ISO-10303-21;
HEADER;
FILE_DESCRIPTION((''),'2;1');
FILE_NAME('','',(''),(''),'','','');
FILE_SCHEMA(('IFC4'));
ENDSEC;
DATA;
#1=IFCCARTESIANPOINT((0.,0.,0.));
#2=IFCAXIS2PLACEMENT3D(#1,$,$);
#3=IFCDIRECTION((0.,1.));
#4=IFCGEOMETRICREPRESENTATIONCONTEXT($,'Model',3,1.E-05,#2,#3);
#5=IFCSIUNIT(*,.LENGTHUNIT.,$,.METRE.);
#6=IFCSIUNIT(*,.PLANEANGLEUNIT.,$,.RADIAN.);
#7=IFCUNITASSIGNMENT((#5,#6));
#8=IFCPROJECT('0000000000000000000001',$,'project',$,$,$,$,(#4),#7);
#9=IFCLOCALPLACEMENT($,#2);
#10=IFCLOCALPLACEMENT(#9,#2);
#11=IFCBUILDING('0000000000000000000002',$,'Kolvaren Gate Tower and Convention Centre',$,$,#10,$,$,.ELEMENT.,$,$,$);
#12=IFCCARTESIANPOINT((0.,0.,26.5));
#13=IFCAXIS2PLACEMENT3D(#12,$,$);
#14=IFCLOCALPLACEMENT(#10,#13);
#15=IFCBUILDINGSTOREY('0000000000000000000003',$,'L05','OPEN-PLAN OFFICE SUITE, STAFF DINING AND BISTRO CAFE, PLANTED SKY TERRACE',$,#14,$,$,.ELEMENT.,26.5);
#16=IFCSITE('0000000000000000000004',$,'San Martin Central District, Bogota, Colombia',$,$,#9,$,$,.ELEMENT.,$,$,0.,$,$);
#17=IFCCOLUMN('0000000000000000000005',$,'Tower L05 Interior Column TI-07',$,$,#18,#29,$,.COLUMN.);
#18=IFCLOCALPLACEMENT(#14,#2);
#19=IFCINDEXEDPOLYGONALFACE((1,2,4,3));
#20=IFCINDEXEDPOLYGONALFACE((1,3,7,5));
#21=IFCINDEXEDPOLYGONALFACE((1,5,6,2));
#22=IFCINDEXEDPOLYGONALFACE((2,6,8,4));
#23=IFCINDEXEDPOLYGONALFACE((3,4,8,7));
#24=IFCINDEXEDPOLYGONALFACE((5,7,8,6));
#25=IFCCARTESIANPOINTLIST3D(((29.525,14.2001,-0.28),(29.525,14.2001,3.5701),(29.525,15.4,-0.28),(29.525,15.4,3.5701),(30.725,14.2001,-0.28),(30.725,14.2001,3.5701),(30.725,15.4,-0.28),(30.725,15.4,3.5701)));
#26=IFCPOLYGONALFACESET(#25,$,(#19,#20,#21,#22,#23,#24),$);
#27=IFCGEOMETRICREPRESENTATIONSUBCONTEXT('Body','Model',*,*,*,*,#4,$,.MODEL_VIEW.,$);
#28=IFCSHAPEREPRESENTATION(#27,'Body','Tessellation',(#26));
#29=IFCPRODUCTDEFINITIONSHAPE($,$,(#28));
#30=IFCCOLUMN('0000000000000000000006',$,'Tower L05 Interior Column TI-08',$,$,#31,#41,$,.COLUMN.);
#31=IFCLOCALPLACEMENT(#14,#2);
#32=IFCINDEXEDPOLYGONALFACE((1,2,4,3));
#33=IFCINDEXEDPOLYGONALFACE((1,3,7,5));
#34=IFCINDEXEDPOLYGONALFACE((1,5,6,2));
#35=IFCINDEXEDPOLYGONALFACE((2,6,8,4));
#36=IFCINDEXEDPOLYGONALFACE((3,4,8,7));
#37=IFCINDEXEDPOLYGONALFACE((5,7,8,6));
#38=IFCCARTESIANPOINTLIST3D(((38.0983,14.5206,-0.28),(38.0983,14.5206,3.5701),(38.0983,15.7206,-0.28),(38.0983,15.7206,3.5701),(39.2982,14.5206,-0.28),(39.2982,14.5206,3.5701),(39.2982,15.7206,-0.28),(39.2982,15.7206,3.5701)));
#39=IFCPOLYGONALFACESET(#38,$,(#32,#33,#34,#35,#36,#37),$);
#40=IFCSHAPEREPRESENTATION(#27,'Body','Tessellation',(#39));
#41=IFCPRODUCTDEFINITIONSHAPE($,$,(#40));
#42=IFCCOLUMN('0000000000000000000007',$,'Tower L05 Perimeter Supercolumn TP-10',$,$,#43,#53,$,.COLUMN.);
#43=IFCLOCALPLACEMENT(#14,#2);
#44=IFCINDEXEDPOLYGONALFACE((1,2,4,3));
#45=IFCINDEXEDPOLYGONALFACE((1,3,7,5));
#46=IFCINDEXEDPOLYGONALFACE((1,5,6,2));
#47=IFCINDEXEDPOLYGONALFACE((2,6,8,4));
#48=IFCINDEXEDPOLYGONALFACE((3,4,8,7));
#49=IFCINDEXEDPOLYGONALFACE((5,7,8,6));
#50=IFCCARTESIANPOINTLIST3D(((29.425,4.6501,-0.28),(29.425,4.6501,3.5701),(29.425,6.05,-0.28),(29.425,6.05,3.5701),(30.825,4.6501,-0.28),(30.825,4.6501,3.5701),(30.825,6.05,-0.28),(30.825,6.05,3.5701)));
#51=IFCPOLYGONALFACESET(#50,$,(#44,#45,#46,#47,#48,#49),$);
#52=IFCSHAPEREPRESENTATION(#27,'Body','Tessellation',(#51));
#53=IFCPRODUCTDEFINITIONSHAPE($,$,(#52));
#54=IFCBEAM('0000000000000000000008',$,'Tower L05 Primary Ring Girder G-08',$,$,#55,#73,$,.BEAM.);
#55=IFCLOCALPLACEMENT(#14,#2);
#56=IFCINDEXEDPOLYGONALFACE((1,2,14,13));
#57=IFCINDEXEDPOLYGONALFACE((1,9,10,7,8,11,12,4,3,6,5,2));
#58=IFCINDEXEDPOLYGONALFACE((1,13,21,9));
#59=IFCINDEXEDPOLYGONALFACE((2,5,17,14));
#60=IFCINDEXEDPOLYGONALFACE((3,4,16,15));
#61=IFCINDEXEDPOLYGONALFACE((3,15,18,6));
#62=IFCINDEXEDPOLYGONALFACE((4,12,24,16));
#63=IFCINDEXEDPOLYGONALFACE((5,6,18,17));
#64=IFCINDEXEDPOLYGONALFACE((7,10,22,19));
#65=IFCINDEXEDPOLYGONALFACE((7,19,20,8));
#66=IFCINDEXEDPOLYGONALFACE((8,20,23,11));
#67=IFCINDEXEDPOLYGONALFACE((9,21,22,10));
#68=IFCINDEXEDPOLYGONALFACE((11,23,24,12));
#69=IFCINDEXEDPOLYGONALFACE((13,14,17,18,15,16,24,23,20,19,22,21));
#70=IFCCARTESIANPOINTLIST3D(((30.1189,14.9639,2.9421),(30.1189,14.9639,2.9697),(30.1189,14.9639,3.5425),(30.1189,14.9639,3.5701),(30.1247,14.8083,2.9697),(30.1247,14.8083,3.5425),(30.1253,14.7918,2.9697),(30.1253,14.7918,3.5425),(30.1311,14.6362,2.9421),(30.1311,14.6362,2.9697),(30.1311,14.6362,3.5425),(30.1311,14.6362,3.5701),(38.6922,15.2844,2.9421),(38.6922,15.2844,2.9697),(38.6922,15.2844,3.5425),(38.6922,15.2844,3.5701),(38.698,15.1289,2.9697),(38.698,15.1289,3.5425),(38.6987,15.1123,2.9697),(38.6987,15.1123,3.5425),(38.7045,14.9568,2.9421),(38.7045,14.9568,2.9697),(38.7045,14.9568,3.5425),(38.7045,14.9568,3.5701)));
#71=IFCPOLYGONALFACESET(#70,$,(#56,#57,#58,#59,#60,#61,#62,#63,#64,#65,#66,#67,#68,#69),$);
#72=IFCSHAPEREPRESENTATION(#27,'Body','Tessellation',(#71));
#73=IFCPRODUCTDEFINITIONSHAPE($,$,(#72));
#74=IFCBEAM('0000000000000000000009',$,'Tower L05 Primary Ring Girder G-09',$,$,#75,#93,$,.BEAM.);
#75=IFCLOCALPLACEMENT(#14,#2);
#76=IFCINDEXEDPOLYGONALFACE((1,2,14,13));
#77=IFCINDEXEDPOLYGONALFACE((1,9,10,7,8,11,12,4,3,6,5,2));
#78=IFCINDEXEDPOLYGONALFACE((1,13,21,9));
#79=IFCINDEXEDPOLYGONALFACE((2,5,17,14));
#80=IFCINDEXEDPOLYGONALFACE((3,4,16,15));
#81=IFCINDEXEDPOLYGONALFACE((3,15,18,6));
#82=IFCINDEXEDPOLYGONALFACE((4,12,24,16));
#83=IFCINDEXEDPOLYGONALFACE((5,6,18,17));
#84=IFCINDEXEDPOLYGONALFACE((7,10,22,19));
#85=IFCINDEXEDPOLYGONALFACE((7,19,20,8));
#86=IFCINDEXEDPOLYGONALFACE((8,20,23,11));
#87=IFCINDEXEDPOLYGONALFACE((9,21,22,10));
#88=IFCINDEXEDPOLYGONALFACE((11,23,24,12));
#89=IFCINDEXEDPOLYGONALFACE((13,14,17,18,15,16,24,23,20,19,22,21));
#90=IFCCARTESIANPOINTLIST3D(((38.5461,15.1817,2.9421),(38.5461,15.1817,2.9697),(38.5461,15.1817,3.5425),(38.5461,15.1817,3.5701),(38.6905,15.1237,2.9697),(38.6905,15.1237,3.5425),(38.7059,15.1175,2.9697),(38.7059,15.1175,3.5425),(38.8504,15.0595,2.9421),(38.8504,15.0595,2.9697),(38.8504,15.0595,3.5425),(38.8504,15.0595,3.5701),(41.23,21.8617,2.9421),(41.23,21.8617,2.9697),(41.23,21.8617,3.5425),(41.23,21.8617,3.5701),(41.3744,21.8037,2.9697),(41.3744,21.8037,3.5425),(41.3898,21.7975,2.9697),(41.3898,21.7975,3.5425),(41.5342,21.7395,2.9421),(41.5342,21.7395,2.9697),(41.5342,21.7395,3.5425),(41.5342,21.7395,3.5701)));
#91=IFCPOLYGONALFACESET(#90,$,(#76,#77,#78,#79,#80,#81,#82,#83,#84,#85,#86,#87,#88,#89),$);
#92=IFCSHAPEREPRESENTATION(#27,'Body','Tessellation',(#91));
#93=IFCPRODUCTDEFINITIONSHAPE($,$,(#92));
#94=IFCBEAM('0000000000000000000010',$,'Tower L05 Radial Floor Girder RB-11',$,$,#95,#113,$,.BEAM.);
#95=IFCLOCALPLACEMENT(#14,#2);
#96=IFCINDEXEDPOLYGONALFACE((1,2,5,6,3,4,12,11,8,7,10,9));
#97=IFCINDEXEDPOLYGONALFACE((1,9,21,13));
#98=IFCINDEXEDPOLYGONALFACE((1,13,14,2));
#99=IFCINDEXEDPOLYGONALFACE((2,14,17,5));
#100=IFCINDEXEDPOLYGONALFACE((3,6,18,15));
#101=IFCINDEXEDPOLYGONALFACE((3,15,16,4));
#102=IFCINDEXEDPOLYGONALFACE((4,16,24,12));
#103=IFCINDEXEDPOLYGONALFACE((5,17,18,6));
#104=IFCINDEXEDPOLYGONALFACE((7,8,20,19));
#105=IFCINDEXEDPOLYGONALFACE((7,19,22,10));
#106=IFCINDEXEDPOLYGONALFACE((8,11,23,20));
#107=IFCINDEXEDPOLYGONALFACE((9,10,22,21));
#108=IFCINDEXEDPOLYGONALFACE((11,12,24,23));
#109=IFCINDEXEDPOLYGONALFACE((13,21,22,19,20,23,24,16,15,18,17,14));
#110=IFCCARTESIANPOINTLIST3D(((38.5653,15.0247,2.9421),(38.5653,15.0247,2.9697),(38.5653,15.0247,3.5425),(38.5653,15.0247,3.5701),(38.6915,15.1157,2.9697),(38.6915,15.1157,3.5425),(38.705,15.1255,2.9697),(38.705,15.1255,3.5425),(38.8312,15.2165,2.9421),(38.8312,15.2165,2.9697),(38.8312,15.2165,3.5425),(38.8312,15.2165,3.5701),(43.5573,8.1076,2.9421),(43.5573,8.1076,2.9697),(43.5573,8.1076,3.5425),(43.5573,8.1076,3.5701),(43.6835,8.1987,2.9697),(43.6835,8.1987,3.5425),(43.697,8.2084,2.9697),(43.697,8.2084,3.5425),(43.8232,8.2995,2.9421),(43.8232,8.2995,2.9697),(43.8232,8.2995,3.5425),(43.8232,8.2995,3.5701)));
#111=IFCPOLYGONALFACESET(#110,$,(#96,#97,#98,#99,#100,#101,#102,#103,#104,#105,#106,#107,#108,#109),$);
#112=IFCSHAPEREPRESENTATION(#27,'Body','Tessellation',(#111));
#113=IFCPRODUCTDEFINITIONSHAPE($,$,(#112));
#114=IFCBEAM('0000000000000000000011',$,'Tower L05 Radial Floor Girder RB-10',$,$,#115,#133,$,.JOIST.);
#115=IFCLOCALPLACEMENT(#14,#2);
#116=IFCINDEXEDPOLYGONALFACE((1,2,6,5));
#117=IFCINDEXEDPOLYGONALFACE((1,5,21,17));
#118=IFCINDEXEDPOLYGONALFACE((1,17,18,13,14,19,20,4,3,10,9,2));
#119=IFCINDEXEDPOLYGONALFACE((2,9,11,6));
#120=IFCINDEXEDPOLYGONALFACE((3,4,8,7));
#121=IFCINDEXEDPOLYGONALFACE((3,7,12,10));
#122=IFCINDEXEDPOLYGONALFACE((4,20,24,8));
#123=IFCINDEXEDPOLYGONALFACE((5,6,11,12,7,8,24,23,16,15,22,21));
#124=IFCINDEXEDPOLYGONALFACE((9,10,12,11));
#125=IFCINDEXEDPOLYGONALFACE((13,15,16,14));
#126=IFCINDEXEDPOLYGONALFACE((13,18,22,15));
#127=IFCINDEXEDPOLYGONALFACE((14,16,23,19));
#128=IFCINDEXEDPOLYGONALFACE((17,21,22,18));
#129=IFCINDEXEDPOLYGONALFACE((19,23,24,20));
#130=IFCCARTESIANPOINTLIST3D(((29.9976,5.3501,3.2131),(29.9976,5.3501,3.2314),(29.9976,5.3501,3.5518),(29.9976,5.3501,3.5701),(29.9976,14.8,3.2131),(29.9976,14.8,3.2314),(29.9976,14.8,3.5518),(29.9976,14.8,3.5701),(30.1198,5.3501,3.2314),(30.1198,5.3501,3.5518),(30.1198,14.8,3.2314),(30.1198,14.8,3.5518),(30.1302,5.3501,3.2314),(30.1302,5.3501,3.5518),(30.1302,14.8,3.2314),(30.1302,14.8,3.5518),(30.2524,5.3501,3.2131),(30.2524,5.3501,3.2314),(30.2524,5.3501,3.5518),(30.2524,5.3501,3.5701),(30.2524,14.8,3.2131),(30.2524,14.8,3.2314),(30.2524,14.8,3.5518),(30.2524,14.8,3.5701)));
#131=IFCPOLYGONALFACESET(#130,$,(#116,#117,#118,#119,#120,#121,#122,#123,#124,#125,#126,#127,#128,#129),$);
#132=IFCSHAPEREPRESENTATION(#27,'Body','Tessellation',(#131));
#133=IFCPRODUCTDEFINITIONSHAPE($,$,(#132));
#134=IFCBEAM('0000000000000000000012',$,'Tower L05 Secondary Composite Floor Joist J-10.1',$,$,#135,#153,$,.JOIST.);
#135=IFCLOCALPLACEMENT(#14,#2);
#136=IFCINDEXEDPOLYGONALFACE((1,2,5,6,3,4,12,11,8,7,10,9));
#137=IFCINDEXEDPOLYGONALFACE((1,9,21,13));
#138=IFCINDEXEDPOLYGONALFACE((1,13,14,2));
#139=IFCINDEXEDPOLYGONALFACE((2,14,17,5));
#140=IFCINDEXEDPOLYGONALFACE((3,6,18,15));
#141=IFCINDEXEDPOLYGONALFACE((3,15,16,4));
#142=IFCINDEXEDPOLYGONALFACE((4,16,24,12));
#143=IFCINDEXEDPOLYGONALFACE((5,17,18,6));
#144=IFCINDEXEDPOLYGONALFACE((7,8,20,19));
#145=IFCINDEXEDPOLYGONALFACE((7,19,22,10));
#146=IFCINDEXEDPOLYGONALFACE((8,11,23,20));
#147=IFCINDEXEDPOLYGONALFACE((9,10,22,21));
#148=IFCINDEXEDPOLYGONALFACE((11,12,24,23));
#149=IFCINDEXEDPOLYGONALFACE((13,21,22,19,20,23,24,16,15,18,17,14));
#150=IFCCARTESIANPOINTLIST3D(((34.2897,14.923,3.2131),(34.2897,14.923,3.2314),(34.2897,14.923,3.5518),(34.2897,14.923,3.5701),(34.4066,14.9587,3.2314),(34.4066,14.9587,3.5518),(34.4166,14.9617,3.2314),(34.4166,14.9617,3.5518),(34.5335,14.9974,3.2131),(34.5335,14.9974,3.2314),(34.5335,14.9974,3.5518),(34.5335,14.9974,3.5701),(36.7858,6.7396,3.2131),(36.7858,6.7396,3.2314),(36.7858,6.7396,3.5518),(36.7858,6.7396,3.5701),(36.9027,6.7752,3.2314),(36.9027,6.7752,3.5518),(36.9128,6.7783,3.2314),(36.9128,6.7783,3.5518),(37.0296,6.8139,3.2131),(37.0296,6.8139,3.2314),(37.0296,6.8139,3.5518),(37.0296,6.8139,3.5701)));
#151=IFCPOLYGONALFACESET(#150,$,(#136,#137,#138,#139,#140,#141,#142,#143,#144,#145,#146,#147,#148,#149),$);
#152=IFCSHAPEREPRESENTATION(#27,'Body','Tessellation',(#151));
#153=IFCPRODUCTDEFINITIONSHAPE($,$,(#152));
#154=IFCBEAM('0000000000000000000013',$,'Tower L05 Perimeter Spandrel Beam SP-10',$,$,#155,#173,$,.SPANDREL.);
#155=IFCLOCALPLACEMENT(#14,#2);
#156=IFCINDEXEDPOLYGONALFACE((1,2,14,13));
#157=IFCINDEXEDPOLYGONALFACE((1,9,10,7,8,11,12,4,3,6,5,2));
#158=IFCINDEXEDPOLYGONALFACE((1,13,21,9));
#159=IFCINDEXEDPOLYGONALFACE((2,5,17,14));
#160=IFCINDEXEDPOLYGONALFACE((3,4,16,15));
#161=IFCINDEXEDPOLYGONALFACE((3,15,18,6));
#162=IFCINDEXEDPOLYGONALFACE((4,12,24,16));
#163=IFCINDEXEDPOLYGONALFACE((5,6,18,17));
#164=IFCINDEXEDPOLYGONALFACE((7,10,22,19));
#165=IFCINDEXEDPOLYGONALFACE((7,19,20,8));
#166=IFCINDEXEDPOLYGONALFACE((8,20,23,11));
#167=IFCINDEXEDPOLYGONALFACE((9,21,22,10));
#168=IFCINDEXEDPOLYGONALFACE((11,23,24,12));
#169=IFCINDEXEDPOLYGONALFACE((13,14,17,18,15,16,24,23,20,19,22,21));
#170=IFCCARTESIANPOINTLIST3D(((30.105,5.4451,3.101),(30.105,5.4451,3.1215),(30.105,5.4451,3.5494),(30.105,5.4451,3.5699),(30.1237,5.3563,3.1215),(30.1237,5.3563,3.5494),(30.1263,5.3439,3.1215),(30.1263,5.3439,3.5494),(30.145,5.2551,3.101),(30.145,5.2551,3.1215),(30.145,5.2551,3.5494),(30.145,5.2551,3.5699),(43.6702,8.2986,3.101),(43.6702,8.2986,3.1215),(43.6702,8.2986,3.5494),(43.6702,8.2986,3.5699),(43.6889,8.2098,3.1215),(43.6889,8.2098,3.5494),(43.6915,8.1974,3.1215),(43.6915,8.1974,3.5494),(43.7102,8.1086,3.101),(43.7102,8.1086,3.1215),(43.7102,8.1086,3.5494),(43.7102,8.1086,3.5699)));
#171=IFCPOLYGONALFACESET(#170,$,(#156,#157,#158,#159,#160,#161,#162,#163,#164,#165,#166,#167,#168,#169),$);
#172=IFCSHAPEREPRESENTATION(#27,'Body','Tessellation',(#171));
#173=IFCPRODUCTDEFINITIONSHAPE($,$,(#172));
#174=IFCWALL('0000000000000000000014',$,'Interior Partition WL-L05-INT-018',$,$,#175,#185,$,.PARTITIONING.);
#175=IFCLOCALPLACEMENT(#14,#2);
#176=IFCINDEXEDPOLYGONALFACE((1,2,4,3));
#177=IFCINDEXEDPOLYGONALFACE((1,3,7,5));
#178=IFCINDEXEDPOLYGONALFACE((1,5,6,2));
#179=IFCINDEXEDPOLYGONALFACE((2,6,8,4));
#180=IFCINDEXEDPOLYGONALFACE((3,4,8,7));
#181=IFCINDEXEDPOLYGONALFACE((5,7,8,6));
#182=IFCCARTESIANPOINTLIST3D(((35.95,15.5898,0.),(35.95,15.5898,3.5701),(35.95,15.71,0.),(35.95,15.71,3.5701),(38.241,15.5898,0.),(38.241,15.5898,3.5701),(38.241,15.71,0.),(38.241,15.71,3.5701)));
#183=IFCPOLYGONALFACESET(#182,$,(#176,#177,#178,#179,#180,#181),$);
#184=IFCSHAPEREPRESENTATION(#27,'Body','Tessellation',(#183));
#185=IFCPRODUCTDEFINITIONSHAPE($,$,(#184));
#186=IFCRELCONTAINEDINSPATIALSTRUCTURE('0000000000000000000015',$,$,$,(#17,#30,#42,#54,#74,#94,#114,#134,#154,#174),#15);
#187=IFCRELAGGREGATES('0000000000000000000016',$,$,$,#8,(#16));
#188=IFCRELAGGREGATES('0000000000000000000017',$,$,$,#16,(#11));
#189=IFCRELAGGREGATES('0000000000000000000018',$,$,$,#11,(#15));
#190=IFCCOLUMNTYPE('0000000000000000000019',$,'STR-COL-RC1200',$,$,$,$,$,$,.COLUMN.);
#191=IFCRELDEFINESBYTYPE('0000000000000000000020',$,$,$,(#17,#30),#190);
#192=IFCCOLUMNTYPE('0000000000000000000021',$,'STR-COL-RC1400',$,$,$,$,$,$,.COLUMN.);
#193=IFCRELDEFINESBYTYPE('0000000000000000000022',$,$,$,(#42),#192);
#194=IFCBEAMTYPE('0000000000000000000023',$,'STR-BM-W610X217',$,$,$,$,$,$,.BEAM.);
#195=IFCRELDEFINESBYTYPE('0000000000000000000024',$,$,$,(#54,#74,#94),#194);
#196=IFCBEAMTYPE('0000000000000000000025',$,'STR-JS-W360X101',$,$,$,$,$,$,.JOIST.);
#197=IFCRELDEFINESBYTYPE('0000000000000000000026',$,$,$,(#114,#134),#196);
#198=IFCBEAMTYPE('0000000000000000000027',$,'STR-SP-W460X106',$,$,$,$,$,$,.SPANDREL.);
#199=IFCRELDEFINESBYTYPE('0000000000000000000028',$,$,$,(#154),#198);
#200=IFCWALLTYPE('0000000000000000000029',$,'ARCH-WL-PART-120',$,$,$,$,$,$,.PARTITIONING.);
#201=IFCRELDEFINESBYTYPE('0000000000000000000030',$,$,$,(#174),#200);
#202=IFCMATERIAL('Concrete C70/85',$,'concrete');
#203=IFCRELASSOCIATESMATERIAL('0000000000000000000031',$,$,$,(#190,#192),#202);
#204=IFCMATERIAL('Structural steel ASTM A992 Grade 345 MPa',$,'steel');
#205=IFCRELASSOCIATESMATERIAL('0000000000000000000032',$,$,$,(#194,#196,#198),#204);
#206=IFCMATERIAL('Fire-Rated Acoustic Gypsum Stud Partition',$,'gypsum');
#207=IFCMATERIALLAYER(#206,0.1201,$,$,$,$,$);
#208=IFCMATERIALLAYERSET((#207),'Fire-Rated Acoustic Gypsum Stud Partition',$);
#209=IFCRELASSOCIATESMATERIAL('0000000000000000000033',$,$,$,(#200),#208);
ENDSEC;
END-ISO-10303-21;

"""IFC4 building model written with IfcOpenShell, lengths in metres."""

from ifc_helpers import new_model, si_unit, direction, frame, frame_2d, origin, origin_2d, place, context, subcontext, project, spatial, rectangle, i_section, extrude, material, layer, layer_set, material_profile, profile_set, type_object, element, save


model = new_model("IFC4")

# Units and contexts
model_context = context("Model", 3, precision=1e-05, world=origin(), true_north=direction((0.0, 1.0)))
body_context = subcontext(model_context, "Body", "Model", "MODEL_VIEW")
ifc_project = project(units=[si_unit("LENGTHUNIT", "METRE"), si_unit("PLANEANGLEUNIT", "RADIAN")], contexts=[model_context])

# Site, building, storey
site_placement = place(None, origin())
site = spatial("IfcSite", under=ifc_project, at=site_placement, Name="San Martin Central District, Bogota, Colombia", CompositionType="ELEMENT", RefElevation=0.0)
building_placement = place(site_placement, origin())
building = spatial("IfcBuilding", under=site, at=building_placement, Name="Kolvaren Gate Tower and Convention Centre", CompositionType="ELEMENT")
storey_placement = place(building_placement, frame((0.0, 0.0, 26.5)))
storey = spatial("IfcBuildingStorey", under=building, at=storey_placement, Name="L05", Description="OPEN-PLAN OFFICE SUITE, STAFF DINING AND BISTRO CAFE, PLANTED SKY TERRACE", CompositionType="ELEMENT", Elevation=26.5)

# Columns
ifc_material_1 = material(Name="Concrete C70/85", Category="concrete")
ifc_material_profile_1 = material_profile(ifc_material_1, rectangle(XDim=1.2, YDim=1.2, at=origin_2d()), Name="RC-COL-1200X1200")
ifc_profile_set_1 = profile_set([ifc_material_profile_1], Name="Concrete C70/85")
column_type_1 = type_object("IfcColumnType", Name="STR-COL-RC1200", PredefinedType="COLUMN", material=ifc_profile_set_1)
for number, where, z_axis, x_axis, name in (
    (1, (30.125, 14.8, -0.28), (0.0, 0.0, 1.0), (1.0, 0.0, 0.0), "Tower L05 Interior Column TI-07"),
    (2, (38.6982, 15.1206, -0.28), (0.0, 0.0, 1.0), (1.0, 0.0, 0.0), "Tower L05 Interior Column TI-08"),
):
    element("IfcColumn", number, at=place(storey_placement, frame(where, z_axis=z_axis, x_axis=x_axis)), inside=storey, type_object=column_type_1, Name=name, PredefinedType="COLUMN", context=body_context, shape_type="SweptSolid", body=[
        extrude(rectangle(XDim=1.2, YDim=1.2, at=origin_2d()), origin(), (0.0, 0.0, 1.0), 3.8501),
    ])
ifc_material_profile_2 = material_profile(ifc_material_1, rectangle(XDim=1.3999, YDim=1.3999, at=origin_2d()), Name="RC-COL-1400X1400")
ifc_profile_set_2 = profile_set([ifc_material_profile_2], Name="Concrete C70/85")
column_type_2 = type_object("IfcColumnType", Name="STR-COL-RC1400", PredefinedType="COLUMN", material=ifc_profile_set_2)
column_placement = place(storey_placement, frame((30.125, 5.3501, -0.28), z_axis=(0.0, 0.0, 1.0), x_axis=(1.0, 0.0, 0.0)))
element("IfcColumn", 3, at=column_placement, inside=storey, type_object=column_type_2, Name="Tower L05 Perimeter Supercolumn TP-10", PredefinedType="COLUMN", context=body_context, shape_type="SweptSolid", body=[
    extrude(rectangle(XDim=1.3999, YDim=1.3999, at=origin_2d()), origin(), (0.0, 0.0, 1.0), 3.8501),
])

# Beams
ifc_material_2 = material(Name="Structural steel ASTM A992 Grade 345 MPa", Category="steel")
ifc_material_profile_3 = material_profile(ifc_material_2, i_section(OverallWidth=0.3279, OverallDepth=0.6279, WebThickness=0.0166, FlangeThickness=0.0276, at=origin_2d()), Name="W610X217")
ifc_profile_set_3 = profile_set([ifc_material_profile_3], Name="Structural steel ASTM A992 Grade 345 MPa")
beam_type_1 = type_object("IfcBeamType", Name="STR-BM-W610X217", PredefinedType="BEAM", material=ifc_profile_set_3)
beam_1_placement = place(storey_placement, frame((30.125, 14.8, 3.2561), z_axis=(0.999302, 0.037364, 0.0), x_axis=(-0.037364, 0.999302, 0.0)))
element("IfcBeam", 4, at=beam_1_placement, inside=storey, type_object=beam_type_1, Name="Tower L05 Primary Ring Girder G-08", PredefinedType="BEAM", context=body_context, shape_type="SweptSolid", body=[
    extrude(i_section(OverallWidth=0.3279, OverallDepth=0.6279, WebThickness=0.0166, FlangeThickness=0.0276, at=origin_2d()), origin(), (0.0, 0.0, 1.0), 8.5793),
])
beam_2_placement = place(storey_placement, frame((38.6982, 15.1206, 3.2561), z_axis=(0.372811, 0.927907, 0.0), x_axis=(-0.927907, 0.372811, 0.0)))
element("IfcBeam", 5, at=beam_2_placement, inside=storey, type_object=beam_type_1, Name="Tower L05 Primary Ring Girder G-09", PredefinedType="BEAM", context=body_context, shape_type="SweptSolid", body=[
    extrude(i_section(OverallWidth=0.3279, OverallDepth=0.6279, WebThickness=0.0166, FlangeThickness=0.0276, at=origin_2d()), origin(), (0.0, 0.0, 1.0), 7.199),
])
beam_3_placement = place(storey_placement, frame((38.6982, 15.1206, 3.2561), z_axis=(0.585208, -0.810883, 0.0), x_axis=(0.810883, 0.585208, 0.0)))
element("IfcBeam", 6, at=beam_3_placement, inside=storey, type_object=beam_type_1, Name="Tower L05 Radial Floor Girder RB-11", PredefinedType="BEAM", context=body_context, shape_type="SweptSolid", body=[
    extrude(i_section(OverallWidth=0.3279, OverallDepth=0.6279, WebThickness=0.0166, FlangeThickness=0.0276, at=origin_2d()), origin(), (0.0, 0.0, 1.0), 8.5303),
])
ifc_material_profile_4 = material_profile(ifc_material_2, i_section(OverallWidth=0.2549, OverallDepth=0.3569, WebThickness=0.0105, FlangeThickness=0.0183, at=origin_2d()), Name="W360X101")
ifc_profile_set_4 = profile_set([ifc_material_profile_4], Name="Structural steel ASTM A992 Grade 345 MPa")
beam_type_2 = type_object("IfcBeamType", Name="STR-JS-W360X101", PredefinedType="JOIST", material=ifc_profile_set_4)
beam_4_placement = place(storey_placement, frame((30.125, 14.8, 3.3916), z_axis=(0.0, -1.0, 0.0), x_axis=(1.0, 0.0, 0.0)))
element("IfcBeam", 7, at=beam_4_placement, inside=storey, type_object=beam_type_2, Name="Tower L05 Radial Floor Girder RB-10", PredefinedType="JOIST", context=body_context, shape_type="SweptSolid", body=[
    extrude(i_section(OverallWidth=0.2549, OverallDepth=0.3569, WebThickness=0.0105, FlangeThickness=0.0183, at=origin_2d()), origin(), (0.0, 0.0, 1.0), 9.45),
])
beam_5_placement = place(storey_placement, frame((34.4116, 14.9602, 3.3916), z_axis=(0.291751, -0.956494, 0.0), x_axis=(0.956494, 0.291751, 0.0)))
element("IfcBeam", 8, at=beam_5_placement, inside=storey, type_object=beam_type_2, Name="Tower L05 Secondary Composite Floor Joist J-10.1", PredefinedType="JOIST", context=body_context, shape_type="SweptSolid", body=[
    extrude(i_section(OverallWidth=0.2549, OverallDepth=0.3569, WebThickness=0.0105, FlangeThickness=0.0183, at=origin_2d()), origin(), (0.0, 0.0, 1.0), 8.5557),
])
ifc_material_profile_5 = material_profile(ifc_material_2, i_section(OverallWidth=0.1941, OverallDepth=0.469, WebThickness=0.0127, FlangeThickness=0.0205, at=origin_2d()), Name="W460X106")
ifc_profile_set_5 = profile_set([ifc_material_profile_5], Name="Structural steel ASTM A992 Grade 345 MPa")
beam_type_3 = type_object("IfcBeamType", Name="STR-SP-W460X106", PredefinedType="SPANDREL", material=ifc_profile_set_5)
beam_6_placement = place(storey_placement, frame((30.125, 5.3501, 3.3354), z_axis=(0.978583, 0.205851, 0.0), x_axis=(-0.205851, 0.978583, 0.0)))
element("IfcBeam", 9, at=beam_6_placement, inside=storey, type_object=beam_type_3, Name="Tower L05 Perimeter Spandrel Beam SP-10", PredefinedType="SPANDREL", context=body_context, shape_type="SweptSolid", body=[
    extrude(i_section(OverallWidth=0.1941, OverallDepth=0.469, WebThickness=0.0127, FlangeThickness=0.0205, at=origin_2d()), origin(), (0.0, 0.0, 1.0), 13.8621),
])

# Wall
ifc_material_3 = material(Name="Fire-Rated Acoustic Gypsum Stud Partition", Category="gypsum")
ifc_layer_1 = layer(ifc_material_3, 0.1201)
ifc_layer_set_1 = layer_set([ifc_layer_1], Name="Fire-Rated Acoustic Gypsum Stud Partition")
wall_type_1 = type_object("IfcWallType", Name="ARCH-WL-PART-120", PredefinedType="PARTITIONING", material=ifc_layer_set_1)
wall_1_placement = place(storey_placement, frame((35.95, 15.6499, 0.0), z_axis=(0.0, 0.0, 1.0), x_axis=(1.0, 0.0, 0.0)))
element("IfcWall", 10, at=wall_1_placement, inside=storey, type_object=wall_type_1, Name="Interior Partition WL-L05-INT-018", PredefinedType="PARTITIONING", context=body_context, shape_type="SweptSolid", body=[
    extrude(rectangle(XDim=2.291, YDim=0.1201, at=frame_2d((1.1455, 0.0))), origin(), (0.0, 0.0, 1.0), 3.5701),
])

save(model, "model.ifc")
